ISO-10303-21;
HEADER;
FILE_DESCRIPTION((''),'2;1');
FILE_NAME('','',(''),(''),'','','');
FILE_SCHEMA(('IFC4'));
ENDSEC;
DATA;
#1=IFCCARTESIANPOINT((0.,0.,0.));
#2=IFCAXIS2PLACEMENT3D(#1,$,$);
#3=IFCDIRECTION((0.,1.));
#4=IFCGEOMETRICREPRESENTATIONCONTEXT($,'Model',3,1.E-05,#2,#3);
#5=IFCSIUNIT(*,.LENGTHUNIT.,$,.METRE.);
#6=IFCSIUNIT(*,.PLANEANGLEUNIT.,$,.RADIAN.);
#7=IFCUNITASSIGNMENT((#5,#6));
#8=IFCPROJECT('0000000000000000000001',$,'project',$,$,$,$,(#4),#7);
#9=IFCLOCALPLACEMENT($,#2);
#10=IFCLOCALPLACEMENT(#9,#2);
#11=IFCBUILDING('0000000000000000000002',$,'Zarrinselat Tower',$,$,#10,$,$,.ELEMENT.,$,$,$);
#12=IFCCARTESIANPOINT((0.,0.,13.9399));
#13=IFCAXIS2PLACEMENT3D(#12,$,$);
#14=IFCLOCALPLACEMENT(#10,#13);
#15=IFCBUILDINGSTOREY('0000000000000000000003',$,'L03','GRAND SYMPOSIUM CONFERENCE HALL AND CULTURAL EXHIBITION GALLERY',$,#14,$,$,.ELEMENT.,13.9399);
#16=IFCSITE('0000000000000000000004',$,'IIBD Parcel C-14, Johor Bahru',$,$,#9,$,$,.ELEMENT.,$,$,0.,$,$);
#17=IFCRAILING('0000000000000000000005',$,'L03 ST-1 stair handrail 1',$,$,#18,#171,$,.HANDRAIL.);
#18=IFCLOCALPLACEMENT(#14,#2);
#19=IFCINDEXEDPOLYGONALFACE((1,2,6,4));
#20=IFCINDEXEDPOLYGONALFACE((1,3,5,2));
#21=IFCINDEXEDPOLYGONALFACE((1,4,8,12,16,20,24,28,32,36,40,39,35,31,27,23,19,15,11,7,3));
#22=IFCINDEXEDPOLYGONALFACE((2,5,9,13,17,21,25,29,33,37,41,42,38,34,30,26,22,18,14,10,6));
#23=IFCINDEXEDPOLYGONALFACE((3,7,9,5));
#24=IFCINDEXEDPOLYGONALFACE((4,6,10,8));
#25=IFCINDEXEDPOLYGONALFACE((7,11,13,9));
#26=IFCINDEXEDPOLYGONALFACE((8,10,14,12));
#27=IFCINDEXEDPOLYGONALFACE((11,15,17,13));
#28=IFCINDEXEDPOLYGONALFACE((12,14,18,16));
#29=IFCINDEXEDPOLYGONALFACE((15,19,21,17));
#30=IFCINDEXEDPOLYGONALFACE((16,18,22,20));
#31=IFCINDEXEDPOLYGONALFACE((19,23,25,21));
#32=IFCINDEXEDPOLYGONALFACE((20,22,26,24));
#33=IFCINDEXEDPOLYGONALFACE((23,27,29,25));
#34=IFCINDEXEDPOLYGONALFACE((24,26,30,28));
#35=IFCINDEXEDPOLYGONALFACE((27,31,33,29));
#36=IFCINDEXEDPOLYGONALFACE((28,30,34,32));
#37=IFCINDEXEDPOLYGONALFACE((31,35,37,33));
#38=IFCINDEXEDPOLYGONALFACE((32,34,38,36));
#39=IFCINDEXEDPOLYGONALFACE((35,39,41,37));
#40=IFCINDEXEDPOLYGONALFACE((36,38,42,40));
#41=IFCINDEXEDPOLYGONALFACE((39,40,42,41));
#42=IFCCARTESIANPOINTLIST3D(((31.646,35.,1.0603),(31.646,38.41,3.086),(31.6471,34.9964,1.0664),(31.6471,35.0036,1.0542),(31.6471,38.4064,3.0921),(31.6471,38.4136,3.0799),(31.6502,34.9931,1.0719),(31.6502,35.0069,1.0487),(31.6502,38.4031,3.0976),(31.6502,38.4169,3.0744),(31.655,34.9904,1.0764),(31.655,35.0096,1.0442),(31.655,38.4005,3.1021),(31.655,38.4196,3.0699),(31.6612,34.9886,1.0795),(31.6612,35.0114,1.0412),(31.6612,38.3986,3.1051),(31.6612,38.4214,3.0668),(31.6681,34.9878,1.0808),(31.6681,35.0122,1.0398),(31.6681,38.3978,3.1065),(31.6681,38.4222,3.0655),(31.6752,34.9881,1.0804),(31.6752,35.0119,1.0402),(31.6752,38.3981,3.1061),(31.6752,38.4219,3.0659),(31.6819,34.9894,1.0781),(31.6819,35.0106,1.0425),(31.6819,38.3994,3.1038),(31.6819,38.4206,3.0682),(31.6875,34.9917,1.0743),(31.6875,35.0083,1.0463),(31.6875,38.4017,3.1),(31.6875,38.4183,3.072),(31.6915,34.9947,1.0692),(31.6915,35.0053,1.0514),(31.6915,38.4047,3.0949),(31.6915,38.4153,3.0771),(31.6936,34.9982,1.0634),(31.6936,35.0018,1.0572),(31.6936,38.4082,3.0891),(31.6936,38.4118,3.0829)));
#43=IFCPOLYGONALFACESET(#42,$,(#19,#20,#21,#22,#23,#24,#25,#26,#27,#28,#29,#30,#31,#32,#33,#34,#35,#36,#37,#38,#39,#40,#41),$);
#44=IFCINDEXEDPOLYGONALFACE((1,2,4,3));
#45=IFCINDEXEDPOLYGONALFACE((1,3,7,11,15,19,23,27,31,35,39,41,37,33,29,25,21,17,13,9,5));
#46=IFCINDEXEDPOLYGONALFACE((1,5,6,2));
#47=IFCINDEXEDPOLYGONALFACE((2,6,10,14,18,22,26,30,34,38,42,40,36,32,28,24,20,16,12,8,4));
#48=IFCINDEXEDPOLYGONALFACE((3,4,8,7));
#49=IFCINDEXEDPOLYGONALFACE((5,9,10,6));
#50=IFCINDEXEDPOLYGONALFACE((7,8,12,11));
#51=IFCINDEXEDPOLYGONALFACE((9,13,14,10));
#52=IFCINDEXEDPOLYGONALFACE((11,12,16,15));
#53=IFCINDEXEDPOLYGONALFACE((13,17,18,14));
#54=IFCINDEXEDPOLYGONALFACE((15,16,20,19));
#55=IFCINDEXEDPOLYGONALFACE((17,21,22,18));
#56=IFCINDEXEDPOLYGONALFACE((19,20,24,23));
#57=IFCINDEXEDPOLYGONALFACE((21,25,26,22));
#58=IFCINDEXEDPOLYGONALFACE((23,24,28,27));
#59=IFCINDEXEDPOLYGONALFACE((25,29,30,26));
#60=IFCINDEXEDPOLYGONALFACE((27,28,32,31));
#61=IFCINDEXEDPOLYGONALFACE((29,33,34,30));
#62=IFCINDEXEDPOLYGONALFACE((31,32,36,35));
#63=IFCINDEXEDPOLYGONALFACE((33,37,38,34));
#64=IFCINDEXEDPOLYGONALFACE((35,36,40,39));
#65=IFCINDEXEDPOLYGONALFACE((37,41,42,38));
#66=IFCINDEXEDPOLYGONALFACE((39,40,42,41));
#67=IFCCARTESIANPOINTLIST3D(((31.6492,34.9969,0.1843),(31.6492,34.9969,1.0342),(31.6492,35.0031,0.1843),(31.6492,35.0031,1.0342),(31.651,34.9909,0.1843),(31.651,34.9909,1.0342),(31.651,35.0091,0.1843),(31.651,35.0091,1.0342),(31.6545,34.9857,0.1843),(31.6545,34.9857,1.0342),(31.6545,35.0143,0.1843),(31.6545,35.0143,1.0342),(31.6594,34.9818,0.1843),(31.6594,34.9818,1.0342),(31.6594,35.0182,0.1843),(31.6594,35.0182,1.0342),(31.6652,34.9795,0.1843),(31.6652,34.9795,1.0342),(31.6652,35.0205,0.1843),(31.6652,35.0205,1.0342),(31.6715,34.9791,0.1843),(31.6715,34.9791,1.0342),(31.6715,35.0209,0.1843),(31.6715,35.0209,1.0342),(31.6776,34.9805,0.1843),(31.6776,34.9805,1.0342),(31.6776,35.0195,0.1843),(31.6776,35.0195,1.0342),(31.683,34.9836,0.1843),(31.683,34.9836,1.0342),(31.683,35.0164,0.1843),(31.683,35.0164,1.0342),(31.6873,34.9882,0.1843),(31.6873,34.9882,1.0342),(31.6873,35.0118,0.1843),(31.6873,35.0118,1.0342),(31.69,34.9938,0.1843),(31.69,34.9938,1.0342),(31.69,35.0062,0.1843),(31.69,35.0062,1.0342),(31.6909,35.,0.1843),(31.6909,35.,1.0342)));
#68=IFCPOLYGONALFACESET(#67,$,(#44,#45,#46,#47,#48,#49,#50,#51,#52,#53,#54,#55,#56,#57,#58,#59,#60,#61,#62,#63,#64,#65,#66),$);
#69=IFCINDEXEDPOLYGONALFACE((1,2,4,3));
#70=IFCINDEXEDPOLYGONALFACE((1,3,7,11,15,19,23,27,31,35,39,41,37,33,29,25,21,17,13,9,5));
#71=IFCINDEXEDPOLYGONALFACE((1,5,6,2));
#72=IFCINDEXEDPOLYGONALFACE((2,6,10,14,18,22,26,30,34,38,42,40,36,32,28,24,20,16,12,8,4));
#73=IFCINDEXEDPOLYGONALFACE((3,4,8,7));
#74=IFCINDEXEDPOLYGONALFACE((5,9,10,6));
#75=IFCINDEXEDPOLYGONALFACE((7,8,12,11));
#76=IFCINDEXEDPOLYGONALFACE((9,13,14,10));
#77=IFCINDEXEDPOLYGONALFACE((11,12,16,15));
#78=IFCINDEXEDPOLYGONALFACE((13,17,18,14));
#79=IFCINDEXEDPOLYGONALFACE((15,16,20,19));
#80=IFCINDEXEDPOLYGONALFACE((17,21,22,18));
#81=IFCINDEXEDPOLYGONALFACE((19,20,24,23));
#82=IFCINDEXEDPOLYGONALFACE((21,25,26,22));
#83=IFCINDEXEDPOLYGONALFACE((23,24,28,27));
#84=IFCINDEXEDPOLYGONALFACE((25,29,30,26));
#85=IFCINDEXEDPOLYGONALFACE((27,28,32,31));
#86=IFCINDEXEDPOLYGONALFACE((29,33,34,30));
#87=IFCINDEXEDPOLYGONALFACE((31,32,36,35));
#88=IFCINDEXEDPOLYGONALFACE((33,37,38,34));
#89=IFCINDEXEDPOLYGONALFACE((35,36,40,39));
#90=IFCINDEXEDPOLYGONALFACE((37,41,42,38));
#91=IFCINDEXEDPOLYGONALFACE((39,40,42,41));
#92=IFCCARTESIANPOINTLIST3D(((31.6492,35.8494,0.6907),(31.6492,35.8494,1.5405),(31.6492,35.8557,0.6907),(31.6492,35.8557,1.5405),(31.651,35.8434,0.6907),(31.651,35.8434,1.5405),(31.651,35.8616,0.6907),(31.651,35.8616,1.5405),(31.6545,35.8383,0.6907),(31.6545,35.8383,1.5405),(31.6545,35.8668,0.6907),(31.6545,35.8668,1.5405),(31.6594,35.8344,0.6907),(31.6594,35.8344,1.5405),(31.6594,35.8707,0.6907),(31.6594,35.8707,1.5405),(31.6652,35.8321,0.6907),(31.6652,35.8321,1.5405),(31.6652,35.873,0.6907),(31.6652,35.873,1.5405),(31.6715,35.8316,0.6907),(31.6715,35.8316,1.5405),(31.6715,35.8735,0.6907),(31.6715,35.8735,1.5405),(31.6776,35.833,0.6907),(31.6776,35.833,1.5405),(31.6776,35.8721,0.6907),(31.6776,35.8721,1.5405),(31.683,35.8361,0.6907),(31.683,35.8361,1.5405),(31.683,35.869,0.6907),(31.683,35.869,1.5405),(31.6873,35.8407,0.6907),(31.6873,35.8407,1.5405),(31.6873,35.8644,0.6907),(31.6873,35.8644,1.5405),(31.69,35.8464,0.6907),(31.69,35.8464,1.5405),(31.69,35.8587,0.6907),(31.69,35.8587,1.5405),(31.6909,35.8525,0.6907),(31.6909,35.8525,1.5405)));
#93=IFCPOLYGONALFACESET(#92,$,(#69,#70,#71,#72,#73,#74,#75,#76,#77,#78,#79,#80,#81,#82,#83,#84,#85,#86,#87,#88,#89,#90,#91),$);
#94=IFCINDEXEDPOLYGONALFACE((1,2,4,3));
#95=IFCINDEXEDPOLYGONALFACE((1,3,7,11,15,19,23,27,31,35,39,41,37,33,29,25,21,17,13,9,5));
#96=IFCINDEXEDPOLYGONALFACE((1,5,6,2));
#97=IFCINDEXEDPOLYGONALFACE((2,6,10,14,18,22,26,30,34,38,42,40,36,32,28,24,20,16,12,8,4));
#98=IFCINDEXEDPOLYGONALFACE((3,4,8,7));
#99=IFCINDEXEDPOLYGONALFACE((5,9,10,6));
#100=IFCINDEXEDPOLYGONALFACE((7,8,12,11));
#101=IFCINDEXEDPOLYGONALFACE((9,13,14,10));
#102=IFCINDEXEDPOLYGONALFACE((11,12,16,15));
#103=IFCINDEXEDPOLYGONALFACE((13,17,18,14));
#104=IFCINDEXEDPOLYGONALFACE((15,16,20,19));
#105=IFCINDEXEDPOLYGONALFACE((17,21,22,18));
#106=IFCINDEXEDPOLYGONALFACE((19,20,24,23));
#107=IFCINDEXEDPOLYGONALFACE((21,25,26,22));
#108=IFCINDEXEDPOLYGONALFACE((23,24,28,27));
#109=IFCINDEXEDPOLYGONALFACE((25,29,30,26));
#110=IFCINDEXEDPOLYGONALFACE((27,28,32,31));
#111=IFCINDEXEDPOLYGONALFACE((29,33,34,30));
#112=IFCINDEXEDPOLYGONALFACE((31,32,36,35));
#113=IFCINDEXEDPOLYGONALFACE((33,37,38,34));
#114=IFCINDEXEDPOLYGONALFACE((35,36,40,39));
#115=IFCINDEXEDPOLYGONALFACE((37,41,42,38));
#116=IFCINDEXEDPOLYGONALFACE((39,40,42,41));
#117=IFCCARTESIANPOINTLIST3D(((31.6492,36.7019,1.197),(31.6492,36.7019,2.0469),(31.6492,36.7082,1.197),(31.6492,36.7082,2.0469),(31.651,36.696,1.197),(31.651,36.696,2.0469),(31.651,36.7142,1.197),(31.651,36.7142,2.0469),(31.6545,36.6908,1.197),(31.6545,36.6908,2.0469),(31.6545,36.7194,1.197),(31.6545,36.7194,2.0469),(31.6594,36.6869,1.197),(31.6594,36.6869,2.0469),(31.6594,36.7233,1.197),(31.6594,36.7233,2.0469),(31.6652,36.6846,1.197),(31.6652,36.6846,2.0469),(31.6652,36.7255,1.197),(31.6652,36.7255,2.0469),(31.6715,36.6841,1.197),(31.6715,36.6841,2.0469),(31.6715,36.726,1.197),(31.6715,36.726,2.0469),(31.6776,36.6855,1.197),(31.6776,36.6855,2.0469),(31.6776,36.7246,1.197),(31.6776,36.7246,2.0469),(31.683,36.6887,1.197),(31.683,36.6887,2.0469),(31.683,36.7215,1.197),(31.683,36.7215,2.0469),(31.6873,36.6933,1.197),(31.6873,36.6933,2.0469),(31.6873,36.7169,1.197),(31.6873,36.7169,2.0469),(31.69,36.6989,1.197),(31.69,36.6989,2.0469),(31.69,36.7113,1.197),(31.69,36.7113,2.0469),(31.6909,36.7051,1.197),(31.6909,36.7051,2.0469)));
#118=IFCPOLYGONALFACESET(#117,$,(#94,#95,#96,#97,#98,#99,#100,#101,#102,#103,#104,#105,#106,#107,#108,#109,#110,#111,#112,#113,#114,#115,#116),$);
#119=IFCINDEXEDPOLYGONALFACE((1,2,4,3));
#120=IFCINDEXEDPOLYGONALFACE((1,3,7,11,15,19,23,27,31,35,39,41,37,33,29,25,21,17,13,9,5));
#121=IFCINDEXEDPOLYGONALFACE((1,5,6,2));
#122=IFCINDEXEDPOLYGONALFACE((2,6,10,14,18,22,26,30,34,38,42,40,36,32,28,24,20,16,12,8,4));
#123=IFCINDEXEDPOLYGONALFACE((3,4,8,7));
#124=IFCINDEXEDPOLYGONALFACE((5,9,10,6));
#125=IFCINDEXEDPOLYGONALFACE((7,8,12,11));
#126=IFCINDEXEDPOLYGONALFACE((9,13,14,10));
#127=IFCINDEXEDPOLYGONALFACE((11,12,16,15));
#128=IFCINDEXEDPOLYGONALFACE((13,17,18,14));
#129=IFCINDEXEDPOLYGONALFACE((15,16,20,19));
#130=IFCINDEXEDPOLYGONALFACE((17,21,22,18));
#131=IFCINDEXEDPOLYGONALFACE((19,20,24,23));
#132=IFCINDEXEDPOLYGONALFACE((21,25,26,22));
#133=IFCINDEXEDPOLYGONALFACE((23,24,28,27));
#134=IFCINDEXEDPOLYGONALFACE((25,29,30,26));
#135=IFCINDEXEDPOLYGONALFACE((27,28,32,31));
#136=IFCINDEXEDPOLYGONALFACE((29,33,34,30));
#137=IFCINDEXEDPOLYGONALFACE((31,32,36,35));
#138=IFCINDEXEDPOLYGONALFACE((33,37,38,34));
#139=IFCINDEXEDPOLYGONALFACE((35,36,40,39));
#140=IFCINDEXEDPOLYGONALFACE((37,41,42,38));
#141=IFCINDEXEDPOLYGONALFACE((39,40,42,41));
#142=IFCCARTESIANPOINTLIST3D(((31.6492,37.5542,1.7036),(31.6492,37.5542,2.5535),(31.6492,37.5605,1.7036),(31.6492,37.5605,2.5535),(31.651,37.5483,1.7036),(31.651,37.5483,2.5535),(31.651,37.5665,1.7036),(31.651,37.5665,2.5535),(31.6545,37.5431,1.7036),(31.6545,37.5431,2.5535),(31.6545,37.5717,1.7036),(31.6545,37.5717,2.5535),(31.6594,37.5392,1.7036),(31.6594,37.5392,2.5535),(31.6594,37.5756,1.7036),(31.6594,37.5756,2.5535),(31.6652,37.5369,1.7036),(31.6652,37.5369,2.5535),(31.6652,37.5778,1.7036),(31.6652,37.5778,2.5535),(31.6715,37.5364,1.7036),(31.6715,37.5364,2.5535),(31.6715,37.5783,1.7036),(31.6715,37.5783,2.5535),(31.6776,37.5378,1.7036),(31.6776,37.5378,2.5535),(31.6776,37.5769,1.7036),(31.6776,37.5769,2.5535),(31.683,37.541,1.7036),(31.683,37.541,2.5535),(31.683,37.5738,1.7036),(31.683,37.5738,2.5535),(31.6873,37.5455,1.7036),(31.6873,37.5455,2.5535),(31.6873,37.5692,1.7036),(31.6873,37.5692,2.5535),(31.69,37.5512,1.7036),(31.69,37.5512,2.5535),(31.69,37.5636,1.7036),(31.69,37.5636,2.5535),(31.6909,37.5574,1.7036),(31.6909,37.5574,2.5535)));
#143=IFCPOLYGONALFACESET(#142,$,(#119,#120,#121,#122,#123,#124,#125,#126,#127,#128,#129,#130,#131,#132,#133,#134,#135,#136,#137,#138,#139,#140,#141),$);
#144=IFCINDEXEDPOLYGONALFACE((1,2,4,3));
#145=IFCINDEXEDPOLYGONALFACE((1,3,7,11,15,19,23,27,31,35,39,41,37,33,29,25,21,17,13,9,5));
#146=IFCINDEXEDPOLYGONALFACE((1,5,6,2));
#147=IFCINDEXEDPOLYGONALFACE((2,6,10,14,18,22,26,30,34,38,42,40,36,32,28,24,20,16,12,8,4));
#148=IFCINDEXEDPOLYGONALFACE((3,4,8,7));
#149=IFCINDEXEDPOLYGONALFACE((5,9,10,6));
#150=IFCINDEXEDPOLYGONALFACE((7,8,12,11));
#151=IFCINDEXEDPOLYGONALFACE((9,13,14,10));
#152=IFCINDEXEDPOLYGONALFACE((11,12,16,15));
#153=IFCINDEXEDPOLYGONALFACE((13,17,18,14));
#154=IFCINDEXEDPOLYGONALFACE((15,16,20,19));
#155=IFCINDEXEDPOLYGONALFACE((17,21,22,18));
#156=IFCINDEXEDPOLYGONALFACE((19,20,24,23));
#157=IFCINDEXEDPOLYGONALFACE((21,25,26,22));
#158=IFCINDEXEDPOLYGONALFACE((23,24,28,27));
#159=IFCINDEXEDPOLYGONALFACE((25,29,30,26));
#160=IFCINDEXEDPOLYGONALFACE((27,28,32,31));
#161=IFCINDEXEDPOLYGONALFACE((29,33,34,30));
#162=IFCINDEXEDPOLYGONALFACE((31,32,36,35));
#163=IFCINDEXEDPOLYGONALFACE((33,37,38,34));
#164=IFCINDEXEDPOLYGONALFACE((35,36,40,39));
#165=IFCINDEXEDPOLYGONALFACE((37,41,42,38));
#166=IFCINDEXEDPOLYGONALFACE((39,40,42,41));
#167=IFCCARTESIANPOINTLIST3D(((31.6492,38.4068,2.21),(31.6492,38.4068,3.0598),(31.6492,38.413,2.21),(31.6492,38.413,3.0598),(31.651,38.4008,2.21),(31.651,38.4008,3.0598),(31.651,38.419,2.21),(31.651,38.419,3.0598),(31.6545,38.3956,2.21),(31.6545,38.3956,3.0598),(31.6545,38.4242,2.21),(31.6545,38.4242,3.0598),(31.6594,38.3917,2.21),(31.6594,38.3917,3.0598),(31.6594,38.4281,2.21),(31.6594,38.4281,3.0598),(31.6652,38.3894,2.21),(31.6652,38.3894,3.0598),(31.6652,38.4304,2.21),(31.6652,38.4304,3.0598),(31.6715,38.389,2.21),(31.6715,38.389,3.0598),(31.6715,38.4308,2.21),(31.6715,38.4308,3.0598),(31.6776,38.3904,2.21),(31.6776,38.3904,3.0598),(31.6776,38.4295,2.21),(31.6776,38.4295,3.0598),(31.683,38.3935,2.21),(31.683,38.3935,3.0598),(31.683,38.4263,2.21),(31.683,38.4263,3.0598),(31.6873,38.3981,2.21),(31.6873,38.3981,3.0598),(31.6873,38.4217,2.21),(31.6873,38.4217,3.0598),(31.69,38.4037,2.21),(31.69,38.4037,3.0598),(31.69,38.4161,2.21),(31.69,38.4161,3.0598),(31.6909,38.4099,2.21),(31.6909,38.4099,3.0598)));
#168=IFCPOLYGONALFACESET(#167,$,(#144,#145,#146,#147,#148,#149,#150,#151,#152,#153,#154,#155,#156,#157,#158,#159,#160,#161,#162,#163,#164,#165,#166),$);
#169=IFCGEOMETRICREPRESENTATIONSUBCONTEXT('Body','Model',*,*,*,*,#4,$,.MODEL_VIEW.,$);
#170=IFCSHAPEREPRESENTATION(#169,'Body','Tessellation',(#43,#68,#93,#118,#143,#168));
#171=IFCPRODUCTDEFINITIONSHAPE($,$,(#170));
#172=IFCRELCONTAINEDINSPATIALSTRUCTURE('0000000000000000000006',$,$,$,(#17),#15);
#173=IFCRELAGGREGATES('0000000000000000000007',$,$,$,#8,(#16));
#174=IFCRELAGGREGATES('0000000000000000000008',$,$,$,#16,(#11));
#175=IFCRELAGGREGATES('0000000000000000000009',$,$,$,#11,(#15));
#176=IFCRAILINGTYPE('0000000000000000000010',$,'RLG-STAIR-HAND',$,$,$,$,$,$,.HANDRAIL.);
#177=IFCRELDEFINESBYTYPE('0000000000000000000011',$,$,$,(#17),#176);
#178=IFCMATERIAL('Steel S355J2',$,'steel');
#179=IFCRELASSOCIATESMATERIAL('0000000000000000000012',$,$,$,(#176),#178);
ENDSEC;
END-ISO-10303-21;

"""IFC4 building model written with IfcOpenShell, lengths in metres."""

from ifc_helpers import new_model, si_unit, direction, frame, origin, origin_2d, place, context, subcontext, project, spatial, circle, extrude, material, type_object, element, save


model = new_model("IFC4")

# Units and contexts
model_context = context("Model", 3, precision=1e-05, world=origin(), true_north=direction((0.0, 1.0)))
body_context = subcontext(model_context, "Body", "Model", "MODEL_VIEW")
ifc_project = project(units=[si_unit("LENGTHUNIT", "METRE"), si_unit("PLANEANGLEUNIT", "RADIAN")], contexts=[model_context])

# Site, building, storey
site_placement = place(None, origin())
site = spatial("IfcSite", under=ifc_project, at=site_placement, Name="IIBD Parcel C-14, Johor Bahru", CompositionType="ELEMENT", RefElevation=0.0)
building_placement = place(site_placement, origin())
building = spatial("IfcBuilding", under=site, at=building_placement, Name="Zarrinselat Tower", CompositionType="ELEMENT")
storey_placement = place(building_placement, frame((0.0, 0.0, 13.9399)))
storey = spatial("IfcBuildingStorey", under=building, at=storey_placement, Name="L03", Description="GRAND SYMPOSIUM CONFERENCE HALL AND CULTURAL EXHIBITION GALLERY", CompositionType="ELEMENT", Elevation=13.9399)

# Railing
ifc_material_1 = material(Name="Steel S355J2", Category="steel")
railing_type_1 = type_object("IfcRailingType", Name="RLG-STAIR-HAND", PredefinedType="HANDRAIL", material=ifc_material_1)
railing_1_placement = place(storey_placement, frame((31.6699, 35.0, 0.1843)))
element("IfcRailing", 1, at=railing_1_placement, inside=storey, type_object=railing_type_1, Name="L03 ST-1 stair handrail 1", PredefinedType="HANDRAIL", context=body_context, shape_type="SweptSolid", body=[
    extrude(circle(Radius=0.0239, at=origin_2d()), frame((0.0, 0.0, 0.876), z_axis=(0.0, 0.859744, 0.510725), x_axis=(-1.0, 0.0, 0.0)), (0.0, 0.0, 1.0), 3.9663),
    extrude(circle(Radius=0.021, at=origin_2d()), origin(), (0.0, 0.0, 1.0), 0.8499),
    extrude(circle(Radius=0.021, at=origin_2d()), frame((0.0, 0.8525, 0.5063)), (0.0, 0.0, 1.0), 0.8499),
    extrude(circle(Radius=0.021, at=origin_2d()), frame((0.0, 1.7051, 1.0127)), (0.0, 0.0, 1.0), 0.8499),
    extrude(circle(Radius=0.021, at=origin_2d()), frame((0.0, 2.5574, 1.5193)), (0.0, 0.0, 1.0), 0.8499),
    extrude(circle(Radius=0.021, at=origin_2d()), frame((0.0, 3.4099, 2.0256)), (0.0, 0.0, 1.0), 0.8499),
])

save(model, "model.ifc")
